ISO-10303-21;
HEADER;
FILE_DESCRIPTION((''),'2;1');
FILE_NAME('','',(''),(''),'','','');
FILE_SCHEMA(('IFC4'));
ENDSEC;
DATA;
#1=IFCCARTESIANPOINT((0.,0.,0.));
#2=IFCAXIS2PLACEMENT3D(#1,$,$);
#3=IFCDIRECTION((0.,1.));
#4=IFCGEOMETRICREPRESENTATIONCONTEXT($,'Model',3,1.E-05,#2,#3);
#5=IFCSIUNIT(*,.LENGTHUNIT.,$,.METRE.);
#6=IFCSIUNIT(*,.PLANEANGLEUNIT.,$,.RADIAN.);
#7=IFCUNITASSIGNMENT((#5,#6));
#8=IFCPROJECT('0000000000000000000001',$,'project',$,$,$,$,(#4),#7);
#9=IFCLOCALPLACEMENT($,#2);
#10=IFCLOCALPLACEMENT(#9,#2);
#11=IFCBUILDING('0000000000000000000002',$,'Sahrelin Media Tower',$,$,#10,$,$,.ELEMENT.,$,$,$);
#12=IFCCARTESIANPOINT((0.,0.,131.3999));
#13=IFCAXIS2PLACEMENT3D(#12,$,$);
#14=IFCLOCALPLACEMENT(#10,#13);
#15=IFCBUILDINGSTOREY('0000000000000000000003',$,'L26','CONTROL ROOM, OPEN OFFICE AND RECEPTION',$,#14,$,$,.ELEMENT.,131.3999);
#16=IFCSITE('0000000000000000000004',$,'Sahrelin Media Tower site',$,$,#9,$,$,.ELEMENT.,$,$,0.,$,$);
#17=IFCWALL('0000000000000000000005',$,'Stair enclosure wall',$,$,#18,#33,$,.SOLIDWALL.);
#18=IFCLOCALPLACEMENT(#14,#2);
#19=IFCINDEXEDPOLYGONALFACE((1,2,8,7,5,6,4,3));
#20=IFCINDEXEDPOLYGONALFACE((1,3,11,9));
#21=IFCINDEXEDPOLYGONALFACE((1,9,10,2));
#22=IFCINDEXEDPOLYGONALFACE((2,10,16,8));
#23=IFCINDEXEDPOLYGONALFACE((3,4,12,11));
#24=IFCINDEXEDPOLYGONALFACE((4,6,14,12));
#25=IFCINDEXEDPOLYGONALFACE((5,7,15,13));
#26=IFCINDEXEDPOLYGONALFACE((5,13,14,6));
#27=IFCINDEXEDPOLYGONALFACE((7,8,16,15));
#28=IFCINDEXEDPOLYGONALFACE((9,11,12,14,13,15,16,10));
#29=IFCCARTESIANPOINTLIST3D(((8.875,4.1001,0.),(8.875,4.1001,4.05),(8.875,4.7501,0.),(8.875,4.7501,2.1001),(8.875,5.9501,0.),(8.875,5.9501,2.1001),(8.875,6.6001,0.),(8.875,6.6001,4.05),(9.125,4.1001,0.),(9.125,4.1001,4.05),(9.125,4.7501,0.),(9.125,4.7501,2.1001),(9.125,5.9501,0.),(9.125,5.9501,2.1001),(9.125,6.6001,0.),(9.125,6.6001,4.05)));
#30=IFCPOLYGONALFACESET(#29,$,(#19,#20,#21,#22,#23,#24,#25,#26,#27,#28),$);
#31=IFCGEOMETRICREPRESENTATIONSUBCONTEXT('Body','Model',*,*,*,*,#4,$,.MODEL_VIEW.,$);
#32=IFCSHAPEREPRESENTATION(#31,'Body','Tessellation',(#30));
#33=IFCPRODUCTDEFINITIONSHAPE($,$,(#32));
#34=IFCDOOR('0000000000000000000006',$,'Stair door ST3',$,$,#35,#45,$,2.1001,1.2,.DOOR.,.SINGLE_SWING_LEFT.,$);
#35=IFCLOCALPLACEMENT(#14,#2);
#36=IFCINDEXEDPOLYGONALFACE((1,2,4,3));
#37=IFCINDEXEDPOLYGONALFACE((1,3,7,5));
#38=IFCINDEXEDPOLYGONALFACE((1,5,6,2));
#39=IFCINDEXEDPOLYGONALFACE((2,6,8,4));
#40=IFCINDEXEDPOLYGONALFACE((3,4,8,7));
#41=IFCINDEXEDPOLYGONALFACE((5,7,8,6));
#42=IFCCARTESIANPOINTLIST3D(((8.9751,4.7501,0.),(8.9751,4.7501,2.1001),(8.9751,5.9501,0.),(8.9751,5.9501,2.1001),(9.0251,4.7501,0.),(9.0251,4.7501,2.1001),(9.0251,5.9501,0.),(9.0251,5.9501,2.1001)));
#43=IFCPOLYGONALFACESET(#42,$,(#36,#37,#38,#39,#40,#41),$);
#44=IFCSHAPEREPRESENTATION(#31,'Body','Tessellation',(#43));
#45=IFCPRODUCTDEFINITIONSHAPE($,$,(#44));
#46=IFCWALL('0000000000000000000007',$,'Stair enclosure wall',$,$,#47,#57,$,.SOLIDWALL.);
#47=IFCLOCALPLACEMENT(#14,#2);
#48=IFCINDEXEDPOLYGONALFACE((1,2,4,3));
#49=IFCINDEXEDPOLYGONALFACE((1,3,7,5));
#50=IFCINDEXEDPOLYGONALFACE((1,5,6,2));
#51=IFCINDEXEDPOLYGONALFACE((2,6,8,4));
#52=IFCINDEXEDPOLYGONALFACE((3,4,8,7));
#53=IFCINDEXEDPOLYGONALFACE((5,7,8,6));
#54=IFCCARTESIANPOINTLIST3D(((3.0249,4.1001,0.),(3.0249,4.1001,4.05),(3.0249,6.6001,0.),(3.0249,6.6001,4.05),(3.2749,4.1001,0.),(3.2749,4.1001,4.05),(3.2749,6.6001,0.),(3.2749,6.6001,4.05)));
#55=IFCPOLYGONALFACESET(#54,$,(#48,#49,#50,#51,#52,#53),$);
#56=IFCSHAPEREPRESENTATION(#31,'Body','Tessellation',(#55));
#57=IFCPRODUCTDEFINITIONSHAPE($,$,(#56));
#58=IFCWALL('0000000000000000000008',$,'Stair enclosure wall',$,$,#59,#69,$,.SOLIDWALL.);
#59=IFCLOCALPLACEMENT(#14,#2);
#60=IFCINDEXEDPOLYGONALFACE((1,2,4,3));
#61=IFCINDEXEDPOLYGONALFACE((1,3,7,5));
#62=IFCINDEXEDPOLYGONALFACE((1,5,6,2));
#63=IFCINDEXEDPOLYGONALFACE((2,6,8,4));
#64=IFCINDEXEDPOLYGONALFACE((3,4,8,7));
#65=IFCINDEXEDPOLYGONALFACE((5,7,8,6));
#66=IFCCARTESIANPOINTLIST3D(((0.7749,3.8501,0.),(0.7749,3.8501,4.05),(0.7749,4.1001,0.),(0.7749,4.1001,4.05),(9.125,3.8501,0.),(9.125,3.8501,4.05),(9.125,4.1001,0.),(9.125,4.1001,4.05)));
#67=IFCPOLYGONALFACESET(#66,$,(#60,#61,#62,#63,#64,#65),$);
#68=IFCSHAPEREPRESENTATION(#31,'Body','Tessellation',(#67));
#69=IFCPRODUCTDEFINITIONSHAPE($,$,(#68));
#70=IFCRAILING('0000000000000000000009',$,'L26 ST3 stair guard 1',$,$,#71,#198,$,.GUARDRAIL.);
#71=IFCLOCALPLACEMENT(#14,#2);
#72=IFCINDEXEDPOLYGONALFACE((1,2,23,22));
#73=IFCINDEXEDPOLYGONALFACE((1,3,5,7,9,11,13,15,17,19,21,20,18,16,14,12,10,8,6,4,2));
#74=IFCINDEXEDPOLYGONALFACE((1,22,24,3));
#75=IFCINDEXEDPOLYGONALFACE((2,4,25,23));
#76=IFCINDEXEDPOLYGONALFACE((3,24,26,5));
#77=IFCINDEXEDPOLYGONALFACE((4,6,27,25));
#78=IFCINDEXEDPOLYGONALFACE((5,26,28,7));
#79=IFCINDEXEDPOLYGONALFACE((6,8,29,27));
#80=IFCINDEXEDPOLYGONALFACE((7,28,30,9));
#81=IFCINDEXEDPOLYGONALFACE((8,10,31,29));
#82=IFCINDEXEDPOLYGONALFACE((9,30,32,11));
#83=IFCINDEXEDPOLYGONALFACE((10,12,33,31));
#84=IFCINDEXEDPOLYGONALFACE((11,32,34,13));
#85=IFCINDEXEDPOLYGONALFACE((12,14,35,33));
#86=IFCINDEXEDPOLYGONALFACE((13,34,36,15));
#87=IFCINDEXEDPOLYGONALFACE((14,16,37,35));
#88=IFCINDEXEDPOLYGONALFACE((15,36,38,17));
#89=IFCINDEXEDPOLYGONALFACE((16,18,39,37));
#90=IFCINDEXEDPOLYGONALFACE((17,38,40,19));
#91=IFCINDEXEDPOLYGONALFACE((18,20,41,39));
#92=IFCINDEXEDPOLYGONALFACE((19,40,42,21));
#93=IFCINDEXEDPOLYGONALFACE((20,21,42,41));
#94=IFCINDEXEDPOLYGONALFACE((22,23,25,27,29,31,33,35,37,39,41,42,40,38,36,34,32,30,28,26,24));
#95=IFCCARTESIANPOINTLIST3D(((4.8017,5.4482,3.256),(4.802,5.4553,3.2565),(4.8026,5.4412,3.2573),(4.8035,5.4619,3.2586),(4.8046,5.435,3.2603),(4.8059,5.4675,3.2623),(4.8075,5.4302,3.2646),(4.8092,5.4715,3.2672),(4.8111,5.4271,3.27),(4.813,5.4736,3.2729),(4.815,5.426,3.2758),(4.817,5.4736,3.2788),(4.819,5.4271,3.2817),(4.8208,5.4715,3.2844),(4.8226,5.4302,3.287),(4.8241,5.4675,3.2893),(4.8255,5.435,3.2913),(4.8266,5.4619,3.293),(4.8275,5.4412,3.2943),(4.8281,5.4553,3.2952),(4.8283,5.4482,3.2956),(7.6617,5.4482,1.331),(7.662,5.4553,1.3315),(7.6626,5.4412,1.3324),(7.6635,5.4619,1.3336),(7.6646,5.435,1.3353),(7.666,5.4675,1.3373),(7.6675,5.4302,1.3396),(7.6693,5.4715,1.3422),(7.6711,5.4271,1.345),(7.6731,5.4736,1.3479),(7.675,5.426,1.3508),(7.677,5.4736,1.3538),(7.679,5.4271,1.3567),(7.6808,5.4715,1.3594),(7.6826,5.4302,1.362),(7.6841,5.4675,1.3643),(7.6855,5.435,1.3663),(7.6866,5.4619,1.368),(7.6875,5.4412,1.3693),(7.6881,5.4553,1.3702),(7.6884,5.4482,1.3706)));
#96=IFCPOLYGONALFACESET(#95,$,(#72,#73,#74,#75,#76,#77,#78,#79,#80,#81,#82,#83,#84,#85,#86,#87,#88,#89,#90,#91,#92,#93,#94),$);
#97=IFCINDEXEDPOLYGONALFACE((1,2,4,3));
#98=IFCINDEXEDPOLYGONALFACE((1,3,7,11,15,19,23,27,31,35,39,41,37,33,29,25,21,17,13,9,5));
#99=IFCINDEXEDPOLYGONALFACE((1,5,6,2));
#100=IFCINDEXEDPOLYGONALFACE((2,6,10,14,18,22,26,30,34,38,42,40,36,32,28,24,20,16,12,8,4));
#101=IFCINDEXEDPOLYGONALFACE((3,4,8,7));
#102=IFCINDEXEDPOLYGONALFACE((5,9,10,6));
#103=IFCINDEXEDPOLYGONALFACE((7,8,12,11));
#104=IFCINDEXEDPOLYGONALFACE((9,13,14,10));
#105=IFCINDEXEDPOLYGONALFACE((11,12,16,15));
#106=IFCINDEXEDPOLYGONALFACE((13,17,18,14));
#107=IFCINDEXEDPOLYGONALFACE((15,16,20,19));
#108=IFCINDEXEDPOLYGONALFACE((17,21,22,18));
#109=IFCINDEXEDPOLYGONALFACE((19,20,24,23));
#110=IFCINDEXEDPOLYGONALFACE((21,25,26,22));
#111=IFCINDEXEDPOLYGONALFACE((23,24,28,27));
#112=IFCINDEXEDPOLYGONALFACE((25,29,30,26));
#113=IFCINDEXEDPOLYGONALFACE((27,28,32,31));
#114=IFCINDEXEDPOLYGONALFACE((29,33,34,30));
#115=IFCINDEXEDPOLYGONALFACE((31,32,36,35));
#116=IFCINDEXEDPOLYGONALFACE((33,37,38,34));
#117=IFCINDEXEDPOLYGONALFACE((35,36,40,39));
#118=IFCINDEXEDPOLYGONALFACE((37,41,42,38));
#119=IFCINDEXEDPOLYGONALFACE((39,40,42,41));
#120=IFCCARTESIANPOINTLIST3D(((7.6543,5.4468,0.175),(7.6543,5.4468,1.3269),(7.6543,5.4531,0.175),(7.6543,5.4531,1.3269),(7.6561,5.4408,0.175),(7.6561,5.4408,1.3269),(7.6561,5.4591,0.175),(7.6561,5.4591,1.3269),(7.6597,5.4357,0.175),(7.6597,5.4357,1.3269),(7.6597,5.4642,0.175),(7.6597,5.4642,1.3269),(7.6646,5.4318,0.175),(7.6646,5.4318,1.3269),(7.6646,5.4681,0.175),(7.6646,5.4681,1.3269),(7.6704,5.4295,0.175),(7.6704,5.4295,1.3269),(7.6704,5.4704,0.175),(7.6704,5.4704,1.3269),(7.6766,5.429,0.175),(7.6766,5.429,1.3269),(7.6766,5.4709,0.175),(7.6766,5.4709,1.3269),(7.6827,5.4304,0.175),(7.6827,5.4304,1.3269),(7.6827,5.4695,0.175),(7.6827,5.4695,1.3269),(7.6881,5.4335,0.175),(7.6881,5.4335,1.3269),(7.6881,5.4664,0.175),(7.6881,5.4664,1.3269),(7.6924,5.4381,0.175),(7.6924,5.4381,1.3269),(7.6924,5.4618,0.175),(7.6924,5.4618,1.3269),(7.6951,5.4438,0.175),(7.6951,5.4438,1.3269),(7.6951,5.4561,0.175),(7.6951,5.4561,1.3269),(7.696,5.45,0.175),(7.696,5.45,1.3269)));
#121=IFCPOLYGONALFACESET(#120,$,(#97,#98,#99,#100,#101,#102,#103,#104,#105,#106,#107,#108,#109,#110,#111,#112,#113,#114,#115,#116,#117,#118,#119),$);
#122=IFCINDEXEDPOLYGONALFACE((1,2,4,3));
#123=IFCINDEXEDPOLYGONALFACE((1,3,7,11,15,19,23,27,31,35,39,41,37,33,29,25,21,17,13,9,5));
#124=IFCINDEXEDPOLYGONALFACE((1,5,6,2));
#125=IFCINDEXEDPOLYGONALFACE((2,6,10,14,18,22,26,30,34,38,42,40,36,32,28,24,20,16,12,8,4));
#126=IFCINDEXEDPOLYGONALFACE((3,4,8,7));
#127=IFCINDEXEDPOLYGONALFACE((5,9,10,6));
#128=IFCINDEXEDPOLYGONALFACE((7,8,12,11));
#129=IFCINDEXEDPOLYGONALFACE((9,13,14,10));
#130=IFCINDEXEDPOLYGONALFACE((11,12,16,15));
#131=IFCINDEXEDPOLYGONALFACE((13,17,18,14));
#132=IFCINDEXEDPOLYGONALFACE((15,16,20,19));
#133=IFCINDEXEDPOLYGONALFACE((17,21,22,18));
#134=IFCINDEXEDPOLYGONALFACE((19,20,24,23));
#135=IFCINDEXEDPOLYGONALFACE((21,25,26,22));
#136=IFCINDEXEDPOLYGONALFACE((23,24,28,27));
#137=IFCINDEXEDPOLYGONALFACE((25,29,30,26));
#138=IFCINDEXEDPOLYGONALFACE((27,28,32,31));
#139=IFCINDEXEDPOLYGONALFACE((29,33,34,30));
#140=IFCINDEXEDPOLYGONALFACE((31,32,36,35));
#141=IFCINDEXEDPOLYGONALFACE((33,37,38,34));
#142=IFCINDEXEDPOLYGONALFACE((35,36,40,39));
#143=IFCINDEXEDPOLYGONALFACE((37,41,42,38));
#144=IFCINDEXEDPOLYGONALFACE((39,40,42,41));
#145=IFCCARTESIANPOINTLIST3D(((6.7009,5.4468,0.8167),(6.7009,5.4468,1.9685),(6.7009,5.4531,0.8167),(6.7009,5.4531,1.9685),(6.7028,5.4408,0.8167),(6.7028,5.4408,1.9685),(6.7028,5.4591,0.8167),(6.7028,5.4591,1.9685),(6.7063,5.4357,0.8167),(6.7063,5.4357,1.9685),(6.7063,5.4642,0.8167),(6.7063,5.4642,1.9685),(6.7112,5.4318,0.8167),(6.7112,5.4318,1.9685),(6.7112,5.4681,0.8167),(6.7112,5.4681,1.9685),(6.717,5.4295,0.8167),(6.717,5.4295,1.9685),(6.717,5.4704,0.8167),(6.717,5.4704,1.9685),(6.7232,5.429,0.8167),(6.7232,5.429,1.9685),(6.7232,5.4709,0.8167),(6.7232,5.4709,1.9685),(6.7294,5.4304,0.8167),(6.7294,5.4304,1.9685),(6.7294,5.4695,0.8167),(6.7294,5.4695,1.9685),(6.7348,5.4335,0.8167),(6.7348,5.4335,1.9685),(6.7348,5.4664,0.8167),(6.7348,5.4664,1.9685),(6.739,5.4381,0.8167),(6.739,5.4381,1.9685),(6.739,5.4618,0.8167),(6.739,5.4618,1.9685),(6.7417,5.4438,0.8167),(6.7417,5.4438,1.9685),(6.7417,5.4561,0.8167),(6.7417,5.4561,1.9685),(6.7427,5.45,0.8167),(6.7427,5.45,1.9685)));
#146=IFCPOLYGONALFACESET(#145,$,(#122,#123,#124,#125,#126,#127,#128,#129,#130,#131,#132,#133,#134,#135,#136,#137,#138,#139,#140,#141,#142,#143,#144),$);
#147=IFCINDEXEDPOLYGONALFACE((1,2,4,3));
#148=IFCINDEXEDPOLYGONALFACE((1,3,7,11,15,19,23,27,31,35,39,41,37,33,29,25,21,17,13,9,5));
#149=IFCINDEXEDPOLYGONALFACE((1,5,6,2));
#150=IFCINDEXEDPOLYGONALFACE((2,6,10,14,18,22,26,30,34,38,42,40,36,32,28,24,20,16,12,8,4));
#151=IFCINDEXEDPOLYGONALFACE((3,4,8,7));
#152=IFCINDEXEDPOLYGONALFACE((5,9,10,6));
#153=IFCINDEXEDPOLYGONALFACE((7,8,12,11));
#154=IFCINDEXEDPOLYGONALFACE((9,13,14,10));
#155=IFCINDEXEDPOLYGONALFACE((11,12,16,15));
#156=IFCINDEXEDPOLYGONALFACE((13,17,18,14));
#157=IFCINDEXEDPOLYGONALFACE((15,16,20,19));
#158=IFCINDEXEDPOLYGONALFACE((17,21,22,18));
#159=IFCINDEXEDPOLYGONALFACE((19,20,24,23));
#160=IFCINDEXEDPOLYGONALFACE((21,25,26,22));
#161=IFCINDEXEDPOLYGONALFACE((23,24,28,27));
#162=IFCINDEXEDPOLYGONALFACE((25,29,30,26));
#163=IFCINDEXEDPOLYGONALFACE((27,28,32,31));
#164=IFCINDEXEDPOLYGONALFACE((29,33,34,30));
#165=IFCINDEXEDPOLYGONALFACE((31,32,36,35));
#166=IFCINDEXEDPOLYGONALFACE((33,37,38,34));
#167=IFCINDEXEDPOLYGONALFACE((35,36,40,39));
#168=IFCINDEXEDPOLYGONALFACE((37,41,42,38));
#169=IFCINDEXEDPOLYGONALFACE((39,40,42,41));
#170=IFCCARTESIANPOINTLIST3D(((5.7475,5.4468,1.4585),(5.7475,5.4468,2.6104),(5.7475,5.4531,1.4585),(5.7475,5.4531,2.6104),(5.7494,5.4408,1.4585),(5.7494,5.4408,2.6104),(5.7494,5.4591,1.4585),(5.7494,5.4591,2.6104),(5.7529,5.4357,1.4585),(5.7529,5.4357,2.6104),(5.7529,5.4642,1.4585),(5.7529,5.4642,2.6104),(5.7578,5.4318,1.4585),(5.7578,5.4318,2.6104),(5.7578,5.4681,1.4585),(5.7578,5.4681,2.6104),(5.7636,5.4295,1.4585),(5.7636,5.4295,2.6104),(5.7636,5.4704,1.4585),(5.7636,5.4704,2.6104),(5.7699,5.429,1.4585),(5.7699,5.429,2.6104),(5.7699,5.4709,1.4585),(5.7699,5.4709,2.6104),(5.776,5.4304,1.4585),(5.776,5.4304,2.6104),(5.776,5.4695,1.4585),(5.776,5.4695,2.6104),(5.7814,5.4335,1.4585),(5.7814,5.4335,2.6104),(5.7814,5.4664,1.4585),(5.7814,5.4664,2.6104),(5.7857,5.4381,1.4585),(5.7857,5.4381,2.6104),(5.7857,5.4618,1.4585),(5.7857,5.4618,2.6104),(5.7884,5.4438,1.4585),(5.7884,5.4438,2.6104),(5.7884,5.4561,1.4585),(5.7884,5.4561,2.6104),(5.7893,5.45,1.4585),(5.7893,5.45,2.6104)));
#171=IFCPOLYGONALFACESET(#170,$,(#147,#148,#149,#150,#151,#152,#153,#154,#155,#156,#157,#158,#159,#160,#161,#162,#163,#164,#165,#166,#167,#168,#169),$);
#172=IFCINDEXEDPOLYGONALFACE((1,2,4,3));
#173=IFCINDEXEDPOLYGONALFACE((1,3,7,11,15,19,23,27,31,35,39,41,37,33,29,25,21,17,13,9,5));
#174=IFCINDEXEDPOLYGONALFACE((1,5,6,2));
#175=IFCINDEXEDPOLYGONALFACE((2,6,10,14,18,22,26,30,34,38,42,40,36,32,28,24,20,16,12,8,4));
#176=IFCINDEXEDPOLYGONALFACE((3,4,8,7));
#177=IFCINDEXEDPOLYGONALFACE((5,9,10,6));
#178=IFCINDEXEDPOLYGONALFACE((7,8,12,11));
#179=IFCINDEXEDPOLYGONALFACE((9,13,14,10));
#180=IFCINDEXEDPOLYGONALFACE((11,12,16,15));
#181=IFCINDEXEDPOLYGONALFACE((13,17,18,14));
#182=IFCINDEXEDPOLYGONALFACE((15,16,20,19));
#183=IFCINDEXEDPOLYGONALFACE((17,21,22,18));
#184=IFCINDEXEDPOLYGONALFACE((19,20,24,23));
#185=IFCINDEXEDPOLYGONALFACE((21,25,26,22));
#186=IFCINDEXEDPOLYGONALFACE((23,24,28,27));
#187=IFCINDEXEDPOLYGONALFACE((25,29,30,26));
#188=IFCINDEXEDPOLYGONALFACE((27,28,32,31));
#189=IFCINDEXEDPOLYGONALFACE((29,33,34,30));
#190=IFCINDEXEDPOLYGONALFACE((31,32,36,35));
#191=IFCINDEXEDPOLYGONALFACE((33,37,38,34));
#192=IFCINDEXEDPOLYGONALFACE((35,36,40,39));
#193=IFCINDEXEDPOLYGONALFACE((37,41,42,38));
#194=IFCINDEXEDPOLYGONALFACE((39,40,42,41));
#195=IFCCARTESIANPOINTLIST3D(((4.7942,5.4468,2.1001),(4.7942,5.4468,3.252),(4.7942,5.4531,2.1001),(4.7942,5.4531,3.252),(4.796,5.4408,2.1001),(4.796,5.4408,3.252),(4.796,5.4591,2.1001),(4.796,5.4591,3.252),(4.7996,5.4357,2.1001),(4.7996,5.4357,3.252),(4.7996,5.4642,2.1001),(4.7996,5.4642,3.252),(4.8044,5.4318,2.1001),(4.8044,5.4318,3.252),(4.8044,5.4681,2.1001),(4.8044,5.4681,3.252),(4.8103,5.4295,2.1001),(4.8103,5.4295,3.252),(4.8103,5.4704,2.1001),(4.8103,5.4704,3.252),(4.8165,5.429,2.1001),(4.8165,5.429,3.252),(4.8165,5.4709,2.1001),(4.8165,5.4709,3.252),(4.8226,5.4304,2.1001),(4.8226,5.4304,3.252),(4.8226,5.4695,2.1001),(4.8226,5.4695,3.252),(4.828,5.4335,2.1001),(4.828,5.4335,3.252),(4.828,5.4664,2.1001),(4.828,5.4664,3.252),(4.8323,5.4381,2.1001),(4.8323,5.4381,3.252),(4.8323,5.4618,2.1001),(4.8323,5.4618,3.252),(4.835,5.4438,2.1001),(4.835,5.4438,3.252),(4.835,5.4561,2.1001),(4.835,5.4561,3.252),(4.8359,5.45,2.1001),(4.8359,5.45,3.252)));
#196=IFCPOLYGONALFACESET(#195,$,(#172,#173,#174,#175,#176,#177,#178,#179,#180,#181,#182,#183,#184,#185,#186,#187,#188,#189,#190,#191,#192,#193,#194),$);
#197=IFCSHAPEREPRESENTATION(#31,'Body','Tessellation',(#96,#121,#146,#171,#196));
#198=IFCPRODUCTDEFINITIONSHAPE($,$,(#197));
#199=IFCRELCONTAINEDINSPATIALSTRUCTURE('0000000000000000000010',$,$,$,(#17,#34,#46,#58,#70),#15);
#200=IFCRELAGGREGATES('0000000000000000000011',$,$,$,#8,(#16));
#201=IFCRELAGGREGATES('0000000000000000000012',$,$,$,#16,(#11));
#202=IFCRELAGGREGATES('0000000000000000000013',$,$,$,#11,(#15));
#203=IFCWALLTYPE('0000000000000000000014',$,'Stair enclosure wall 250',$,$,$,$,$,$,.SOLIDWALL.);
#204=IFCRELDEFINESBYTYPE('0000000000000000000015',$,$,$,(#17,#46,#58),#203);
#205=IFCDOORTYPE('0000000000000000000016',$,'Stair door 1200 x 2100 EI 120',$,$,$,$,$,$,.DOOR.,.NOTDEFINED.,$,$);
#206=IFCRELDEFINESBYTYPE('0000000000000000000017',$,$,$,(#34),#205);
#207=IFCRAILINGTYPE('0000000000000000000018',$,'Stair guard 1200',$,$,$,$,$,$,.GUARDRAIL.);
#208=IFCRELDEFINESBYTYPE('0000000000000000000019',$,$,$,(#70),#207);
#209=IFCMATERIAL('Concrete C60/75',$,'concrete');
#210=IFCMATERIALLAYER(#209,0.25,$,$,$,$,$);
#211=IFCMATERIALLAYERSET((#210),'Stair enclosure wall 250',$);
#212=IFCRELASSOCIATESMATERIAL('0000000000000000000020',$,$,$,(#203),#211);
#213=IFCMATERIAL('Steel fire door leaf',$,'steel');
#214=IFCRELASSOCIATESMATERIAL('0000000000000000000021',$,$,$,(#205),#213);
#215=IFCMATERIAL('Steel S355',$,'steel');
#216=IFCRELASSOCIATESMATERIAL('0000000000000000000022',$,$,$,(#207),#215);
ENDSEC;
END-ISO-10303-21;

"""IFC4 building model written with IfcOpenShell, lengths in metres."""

from ifc_helpers import new_model, si_unit, direction, frame, frame_2d, origin, origin_2d, place, context, subcontext, project, spatial, rectangle, circle, extrude, material, layer, layer_set, type_object, element, fill, save


model = new_model("IFC4")

# Units and contexts
model_context = context("Model", 3, precision=1e-05, world=origin(), true_north=direction((0.0, 1.0)))
body_context = subcontext(model_context, "Body", "Model", "MODEL_VIEW")
ifc_project = project(units=[si_unit("LENGTHUNIT", "METRE"), si_unit("PLANEANGLEUNIT", "RADIAN")], contexts=[model_context])

# Site, building, storey
site_placement = place(None, origin())
site = spatial("IfcSite", under=ifc_project, at=site_placement, Name="Sahrelin Media Tower site", CompositionType="ELEMENT", RefElevation=0.0)
building_placement = place(site_placement, origin())
building = spatial("IfcBuilding", under=site, at=building_placement, Name="Sahrelin Media Tower", CompositionType="ELEMENT")
storey_placement = place(building_placement, frame((0.0, 0.0, 131.3999)))
storey = spatial("IfcBuildingStorey", under=building, at=storey_placement, Name="L26", Description="CONTROL ROOM, OPEN OFFICE AND RECEPTION", CompositionType="ELEMENT", Elevation=131.3999)

# Shared definitions
ifc_material_1 = material(Name="Steel S355", Category="steel")

# Shared definitions
ifc_material_2 = material(Name="Steel fire door leaf", Category="steel")

# Shared definitions
ifc_material_3 = material(Name="Concrete C60/75", Category="concrete")

# Wall, opening, door
ifc_layer_1 = layer(ifc_material_3, 0.25)
ifc_layer_set_1 = layer_set([ifc_layer_1], Name="Stair enclosure wall 250")
wall_type_1 = type_object("IfcWallType", Name="Stair enclosure wall 250", PredefinedType="SOLIDWALL", material=ifc_layer_set_1)
wall_1_placement = place(storey_placement, frame((9.0, 4.1001, 0.0), z_axis=(0.0, 0.0, 1.0), x_axis=(0.0, 1.0, 0.0)))
wall_1 = element("IfcWall", 1, at=wall_1_placement, inside=storey, type_object=wall_type_1, Name="Stair enclosure wall", PredefinedType="SOLIDWALL", context=body_context, shape_type="SweptSolid", body=[
    extrude(rectangle(XDim=2.5, YDim=0.25, at=frame_2d((1.25, 0.0))), origin(), (0.0, 0.0, 1.0), 4.05),
])
opening_1_placement = place(wall_1_placement, frame((0.6499, 0.0, 0.0)))
opening_1 = element("IfcOpeningElement", 2, at=opening_1_placement, cuts=wall_1, PredefinedType="OPENING", context=body_context, shape_type="SweptSolid", body=[
    extrude(rectangle(XDim=1.2, YDim=2.1001, at=frame_2d((0.6001, 1.05))), frame((0.0, 0.125, 0.0), z_axis=(0.0, -1.0, 0.0), x_axis=(1.0, 0.0, 0.0)), (0.0, 0.0, 1.0), 0.25),
])
door_type_1 = type_object("IfcDoorType", Name="Stair door 1200 x 2100 EI 120", OperationType="NOTDEFINED", PredefinedType="DOOR", material=ifc_material_2)
door_1_placement = place(opening_1_placement, origin())
door_1 = element("IfcDoor", 3, at=door_1_placement, inside=storey, type_object=door_type_1, Name="Stair door ST3", OperationType="SINGLE_SWING_LEFT", OverallHeight=2.1001, OverallWidth=1.2, PredefinedType="DOOR", context=body_context, shape_type="SweptSolid", body=[
    extrude(rectangle(XDim=1.2, YDim=2.1001, at=frame_2d((0.6001, 1.05))), frame((0.0, 0.0249, 0.0), z_axis=(0.0, -1.0, 0.0), x_axis=(1.0, 0.0, 0.0)), (0.0, 0.0, 1.0), 0.05),
])
fill(opening_1, door_1)

# Walls
wall_2_placement = place(storey_placement, frame((3.1499, 4.1001, 0.0), z_axis=(0.0, 0.0, 1.0), x_axis=(0.0, 1.0, 0.0)))
element("IfcWall", 4, at=wall_2_placement, inside=storey, type_object=wall_type_1, Name="Stair enclosure wall", PredefinedType="SOLIDWALL", context=body_context, shape_type="SweptSolid", body=[
    extrude(rectangle(XDim=2.5, YDim=0.25, at=frame_2d((1.25, 0.0))), origin(), (0.0, 0.0, 1.0), 4.05),
])
wall_3_placement = place(storey_placement, frame((0.7749, 3.9751, 0.0), z_axis=(0.0, 0.0, 1.0), x_axis=(1.0, 0.0, 0.0)))
element("IfcWall", 5, at=wall_3_placement, inside=storey, type_object=wall_type_1, Name="Stair enclosure wall", PredefinedType="SOLIDWALL", context=body_context, shape_type="SweptSolid", body=[
    extrude(rectangle(XDim=8.3501, YDim=0.25, at=frame_2d((4.175, 0.0))), origin(), (0.0, 0.0, 1.0), 4.05),
])

# Railing
railing_type_1 = type_object("IfcRailingType", Name="Stair guard 1200", PredefinedType="GUARDRAIL", material=ifc_material_1)
railing_1_placement = place(storey_placement, frame((7.675, 5.45, 0.175)))
element("IfcRailing", 6, at=railing_1_placement, inside=storey, type_object=railing_type_1, Name="L26 ST3 stair guard 1", PredefinedType="GUARDRAIL", context=body_context, shape_type="SweptSolid", body=[
    extrude(circle(Radius=0.0239, at=origin_2d()), frame((0.0, 0.0, 1.1758), z_axis=(-0.829591, 0.0, 0.558372), x_axis=(0.0, -1.0, 0.0)), (0.0, 0.0, 1.0), 3.4475),
    extrude(circle(Radius=0.021, at=origin_2d()), origin(), (0.0, 0.0, 1.0), 1.1519),
    extrude(circle(Radius=0.021, at=origin_2d()), frame((-0.9534, 0.0, 0.6416)), (0.0, 0.0, 1.0), 1.1519),
    extrude(circle(Radius=0.021, at=origin_2d()), frame((-1.9067, 0.0, 1.2834)), (0.0, 0.0, 1.0), 1.1519),
    extrude(circle(Radius=0.021, at=origin_2d()), frame((-2.8601, 0.0, 1.925)), (0.0, 0.0, 1.0), 1.1519),
])

save(model, "model.ifc")
